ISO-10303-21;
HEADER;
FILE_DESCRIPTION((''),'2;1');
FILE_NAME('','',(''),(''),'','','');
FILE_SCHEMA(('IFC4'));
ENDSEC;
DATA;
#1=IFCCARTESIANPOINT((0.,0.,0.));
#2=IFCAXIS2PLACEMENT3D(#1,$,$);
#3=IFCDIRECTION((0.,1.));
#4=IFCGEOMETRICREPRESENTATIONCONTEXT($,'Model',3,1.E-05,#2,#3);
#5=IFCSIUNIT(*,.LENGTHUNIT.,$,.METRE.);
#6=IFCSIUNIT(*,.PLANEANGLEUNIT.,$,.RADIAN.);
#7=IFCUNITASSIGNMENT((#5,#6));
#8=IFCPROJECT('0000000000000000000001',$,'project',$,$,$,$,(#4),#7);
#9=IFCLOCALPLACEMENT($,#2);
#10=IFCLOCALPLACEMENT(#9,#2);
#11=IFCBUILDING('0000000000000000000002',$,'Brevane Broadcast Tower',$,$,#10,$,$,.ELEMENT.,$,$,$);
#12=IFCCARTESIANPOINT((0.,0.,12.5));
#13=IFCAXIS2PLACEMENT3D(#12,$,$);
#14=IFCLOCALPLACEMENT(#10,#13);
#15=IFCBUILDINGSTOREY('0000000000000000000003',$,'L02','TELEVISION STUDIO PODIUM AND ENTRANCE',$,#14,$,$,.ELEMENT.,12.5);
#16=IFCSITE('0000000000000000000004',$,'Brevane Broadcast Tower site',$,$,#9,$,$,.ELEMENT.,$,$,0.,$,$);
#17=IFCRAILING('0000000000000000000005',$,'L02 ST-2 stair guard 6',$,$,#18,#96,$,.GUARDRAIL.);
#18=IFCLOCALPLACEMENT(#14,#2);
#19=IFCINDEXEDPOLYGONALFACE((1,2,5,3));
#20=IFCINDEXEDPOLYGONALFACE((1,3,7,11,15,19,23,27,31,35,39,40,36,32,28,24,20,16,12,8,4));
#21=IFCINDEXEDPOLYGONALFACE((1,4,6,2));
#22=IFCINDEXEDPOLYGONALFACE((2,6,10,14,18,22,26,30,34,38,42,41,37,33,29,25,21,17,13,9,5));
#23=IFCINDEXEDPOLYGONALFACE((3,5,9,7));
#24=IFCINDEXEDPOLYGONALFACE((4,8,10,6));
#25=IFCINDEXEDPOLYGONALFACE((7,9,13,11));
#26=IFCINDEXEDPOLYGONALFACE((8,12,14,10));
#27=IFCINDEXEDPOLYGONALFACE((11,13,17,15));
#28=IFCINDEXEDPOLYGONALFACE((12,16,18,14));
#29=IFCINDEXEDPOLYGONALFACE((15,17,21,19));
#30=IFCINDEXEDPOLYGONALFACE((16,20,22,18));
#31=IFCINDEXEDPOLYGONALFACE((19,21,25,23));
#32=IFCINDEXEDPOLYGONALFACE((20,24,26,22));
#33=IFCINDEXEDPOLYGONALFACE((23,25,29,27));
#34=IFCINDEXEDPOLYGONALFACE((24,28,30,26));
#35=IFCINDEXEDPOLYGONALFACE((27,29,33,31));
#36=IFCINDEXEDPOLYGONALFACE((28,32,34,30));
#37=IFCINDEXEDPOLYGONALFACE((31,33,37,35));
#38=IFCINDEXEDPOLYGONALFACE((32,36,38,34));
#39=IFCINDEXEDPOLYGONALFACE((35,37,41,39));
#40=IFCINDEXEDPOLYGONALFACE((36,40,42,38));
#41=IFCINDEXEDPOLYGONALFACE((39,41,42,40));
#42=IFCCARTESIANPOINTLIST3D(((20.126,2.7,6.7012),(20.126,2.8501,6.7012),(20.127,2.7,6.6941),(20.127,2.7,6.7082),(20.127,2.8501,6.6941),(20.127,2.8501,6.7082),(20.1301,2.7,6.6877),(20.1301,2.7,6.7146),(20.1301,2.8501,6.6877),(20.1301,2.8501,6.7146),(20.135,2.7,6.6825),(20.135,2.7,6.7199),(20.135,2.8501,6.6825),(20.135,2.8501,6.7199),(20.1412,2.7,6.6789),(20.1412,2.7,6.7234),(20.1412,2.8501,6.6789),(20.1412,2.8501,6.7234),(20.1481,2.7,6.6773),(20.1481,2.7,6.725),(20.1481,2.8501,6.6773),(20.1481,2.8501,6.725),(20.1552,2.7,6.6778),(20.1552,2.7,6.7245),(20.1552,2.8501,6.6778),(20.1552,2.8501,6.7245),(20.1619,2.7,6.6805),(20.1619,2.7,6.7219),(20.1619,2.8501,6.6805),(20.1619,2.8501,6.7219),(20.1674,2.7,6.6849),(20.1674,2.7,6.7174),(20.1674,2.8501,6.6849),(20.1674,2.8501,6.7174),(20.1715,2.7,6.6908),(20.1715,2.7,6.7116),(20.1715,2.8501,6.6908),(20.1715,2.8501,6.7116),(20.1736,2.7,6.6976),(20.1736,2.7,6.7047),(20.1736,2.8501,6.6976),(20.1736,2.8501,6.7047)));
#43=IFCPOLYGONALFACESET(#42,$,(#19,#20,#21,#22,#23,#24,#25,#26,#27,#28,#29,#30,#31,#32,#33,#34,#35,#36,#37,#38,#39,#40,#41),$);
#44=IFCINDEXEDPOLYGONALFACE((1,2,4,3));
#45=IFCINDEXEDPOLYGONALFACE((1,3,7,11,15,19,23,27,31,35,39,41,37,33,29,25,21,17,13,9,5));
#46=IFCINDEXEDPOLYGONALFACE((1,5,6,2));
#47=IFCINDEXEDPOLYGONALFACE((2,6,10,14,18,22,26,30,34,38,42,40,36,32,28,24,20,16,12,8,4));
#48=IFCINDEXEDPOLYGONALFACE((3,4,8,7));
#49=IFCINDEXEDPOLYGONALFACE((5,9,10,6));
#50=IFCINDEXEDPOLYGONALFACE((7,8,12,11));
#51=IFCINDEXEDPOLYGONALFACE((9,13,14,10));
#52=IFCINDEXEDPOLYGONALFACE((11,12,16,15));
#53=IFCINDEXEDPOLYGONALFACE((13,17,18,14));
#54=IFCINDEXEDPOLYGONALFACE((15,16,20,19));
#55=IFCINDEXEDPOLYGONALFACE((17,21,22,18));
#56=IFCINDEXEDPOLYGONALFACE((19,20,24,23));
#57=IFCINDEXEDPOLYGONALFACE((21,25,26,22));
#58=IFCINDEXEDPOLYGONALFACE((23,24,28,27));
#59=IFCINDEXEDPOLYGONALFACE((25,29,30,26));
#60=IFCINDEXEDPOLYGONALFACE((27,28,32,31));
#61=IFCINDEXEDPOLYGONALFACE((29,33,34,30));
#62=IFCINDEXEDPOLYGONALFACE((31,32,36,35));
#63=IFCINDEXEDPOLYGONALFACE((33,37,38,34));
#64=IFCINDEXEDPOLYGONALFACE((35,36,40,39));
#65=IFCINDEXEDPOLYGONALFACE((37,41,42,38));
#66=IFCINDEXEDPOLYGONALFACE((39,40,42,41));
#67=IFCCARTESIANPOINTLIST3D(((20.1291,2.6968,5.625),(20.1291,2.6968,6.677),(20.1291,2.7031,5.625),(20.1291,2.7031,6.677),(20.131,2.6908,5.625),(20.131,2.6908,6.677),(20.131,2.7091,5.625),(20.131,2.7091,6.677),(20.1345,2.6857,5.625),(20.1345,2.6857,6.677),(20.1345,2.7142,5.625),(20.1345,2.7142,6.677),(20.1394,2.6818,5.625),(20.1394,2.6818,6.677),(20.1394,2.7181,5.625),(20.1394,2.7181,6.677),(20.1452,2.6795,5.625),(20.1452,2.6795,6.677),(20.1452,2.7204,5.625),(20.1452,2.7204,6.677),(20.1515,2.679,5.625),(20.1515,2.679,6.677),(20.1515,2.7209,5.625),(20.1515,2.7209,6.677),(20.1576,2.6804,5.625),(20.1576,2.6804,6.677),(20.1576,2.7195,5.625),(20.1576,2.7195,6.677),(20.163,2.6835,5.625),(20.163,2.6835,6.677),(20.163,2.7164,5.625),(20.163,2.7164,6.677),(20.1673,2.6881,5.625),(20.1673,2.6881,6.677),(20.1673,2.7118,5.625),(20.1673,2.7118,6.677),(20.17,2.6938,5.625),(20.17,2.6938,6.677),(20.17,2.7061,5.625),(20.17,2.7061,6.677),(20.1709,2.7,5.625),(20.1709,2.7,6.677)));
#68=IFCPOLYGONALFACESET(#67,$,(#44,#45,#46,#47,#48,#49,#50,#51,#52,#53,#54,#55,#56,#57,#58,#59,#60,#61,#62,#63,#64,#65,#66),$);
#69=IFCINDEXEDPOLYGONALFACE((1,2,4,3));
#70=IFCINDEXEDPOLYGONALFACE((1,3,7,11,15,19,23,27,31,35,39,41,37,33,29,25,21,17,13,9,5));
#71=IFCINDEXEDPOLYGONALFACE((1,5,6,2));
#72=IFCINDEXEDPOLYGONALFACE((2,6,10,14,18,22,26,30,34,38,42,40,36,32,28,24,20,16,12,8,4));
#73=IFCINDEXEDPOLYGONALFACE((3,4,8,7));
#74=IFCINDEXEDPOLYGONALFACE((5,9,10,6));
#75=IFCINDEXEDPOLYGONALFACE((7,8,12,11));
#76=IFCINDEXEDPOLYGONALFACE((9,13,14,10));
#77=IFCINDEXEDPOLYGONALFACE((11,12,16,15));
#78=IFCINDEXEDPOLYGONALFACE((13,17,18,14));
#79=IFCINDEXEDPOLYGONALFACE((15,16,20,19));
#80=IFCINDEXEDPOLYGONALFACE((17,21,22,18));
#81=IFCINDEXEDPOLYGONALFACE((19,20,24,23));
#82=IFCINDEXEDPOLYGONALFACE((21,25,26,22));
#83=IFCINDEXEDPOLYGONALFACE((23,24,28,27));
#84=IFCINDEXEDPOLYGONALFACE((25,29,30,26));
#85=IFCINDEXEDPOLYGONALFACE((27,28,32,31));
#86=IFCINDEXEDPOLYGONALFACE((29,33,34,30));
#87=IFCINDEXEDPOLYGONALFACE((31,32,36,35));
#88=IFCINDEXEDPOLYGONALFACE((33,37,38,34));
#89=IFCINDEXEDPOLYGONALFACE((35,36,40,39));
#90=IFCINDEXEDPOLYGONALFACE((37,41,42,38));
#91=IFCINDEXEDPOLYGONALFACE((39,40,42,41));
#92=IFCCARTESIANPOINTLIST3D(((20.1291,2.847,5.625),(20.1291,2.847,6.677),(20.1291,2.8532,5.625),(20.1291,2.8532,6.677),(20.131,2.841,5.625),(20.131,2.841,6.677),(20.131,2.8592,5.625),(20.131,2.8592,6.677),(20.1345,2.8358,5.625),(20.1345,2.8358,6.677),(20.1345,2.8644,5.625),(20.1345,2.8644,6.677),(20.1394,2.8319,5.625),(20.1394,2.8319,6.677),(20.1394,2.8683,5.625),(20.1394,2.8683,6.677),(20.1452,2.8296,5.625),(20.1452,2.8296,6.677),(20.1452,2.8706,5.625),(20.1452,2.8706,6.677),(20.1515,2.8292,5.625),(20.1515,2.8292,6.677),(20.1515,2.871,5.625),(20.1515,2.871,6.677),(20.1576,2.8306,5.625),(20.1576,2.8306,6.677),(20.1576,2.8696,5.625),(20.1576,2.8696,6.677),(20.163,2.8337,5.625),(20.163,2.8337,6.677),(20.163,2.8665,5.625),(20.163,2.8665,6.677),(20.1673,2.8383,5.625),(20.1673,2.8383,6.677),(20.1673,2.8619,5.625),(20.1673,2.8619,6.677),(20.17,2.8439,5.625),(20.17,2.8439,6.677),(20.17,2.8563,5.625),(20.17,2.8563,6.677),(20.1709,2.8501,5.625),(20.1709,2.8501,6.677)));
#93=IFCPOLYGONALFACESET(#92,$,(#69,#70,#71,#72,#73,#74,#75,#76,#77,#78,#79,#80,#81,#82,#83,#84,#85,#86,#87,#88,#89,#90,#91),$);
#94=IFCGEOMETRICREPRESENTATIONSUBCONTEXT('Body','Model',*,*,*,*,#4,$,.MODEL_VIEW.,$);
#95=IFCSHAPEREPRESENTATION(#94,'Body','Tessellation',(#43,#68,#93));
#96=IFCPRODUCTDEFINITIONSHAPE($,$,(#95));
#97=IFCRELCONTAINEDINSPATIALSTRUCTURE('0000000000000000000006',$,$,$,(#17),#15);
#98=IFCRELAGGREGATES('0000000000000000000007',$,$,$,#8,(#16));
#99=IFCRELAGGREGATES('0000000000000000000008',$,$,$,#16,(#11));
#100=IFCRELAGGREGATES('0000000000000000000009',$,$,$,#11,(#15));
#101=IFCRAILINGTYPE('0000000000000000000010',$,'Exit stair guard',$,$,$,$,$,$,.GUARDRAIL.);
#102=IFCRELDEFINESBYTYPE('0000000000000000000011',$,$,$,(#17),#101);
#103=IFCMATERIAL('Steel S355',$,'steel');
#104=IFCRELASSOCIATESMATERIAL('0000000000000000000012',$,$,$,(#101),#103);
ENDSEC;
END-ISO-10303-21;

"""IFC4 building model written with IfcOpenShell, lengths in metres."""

from ifc_helpers import new_model, si_unit, direction, frame, origin, origin_2d, place, context, subcontext, project, spatial, circle, extrude, material, type_object, element, save


model = new_model("IFC4")

# Units and contexts
model_context = context("Model", 3, precision=1e-05, world=origin(), true_north=direction((0.0, 1.0)))
body_context = subcontext(model_context, "Body", "Model", "MODEL_VIEW")
ifc_project = project(units=[si_unit("LENGTHUNIT", "METRE"), si_unit("PLANEANGLEUNIT", "RADIAN")], contexts=[model_context])

# Site, building, storey
site_placement = place(None, origin())
site = spatial("IfcSite", under=ifc_project, at=site_placement, Name="Brevane Broadcast Tower site", CompositionType="ELEMENT", RefElevation=0.0)
building_placement = place(site_placement, origin())
building = spatial("IfcBuilding", under=site, at=building_placement, Name="Brevane Broadcast Tower", CompositionType="ELEMENT")
storey_placement = place(building_placement, frame((0.0, 0.0, 12.5)))
storey = spatial("IfcBuildingStorey", under=building, at=storey_placement, Name="L02", Description="TELEVISION STUDIO PODIUM AND ENTRANCE", CompositionType="ELEMENT", Elevation=12.5)

# Railing
ifc_material_1 = material(Name="Steel S355", Category="steel")
railing_type_1 = type_object("IfcRailingType", Name="Exit stair guard", PredefinedType="GUARDRAIL", material=ifc_material_1)
railing_1_placement = place(storey_placement, frame((20.1499, 2.7, 5.625)))
element("IfcRailing", 1, at=railing_1_placement, inside=storey, type_object=railing_type_1, Name="L02 ST-2 stair guard 6", PredefinedType="GUARDRAIL", context=body_context, shape_type="SweptSolid", body=[
    extrude(circle(Radius=0.0239, at=origin_2d()), frame((0.0, 0.0, 1.0762), z_axis=(0.0, 1.0, 0.0), x_axis=(-1.0, 0.0, 0.0)), (0.0, 0.0, 1.0), 0.1501),
    extrude(circle(Radius=0.021, at=origin_2d()), origin(), (0.0, 0.0, 1.0), 1.052),
    extrude(circle(Radius=0.021, at=origin_2d()), frame((0.0, 0.1501, 0.0)), (0.0, 0.0, 1.0), 1.052),
])

save(model, "model.ifc")
